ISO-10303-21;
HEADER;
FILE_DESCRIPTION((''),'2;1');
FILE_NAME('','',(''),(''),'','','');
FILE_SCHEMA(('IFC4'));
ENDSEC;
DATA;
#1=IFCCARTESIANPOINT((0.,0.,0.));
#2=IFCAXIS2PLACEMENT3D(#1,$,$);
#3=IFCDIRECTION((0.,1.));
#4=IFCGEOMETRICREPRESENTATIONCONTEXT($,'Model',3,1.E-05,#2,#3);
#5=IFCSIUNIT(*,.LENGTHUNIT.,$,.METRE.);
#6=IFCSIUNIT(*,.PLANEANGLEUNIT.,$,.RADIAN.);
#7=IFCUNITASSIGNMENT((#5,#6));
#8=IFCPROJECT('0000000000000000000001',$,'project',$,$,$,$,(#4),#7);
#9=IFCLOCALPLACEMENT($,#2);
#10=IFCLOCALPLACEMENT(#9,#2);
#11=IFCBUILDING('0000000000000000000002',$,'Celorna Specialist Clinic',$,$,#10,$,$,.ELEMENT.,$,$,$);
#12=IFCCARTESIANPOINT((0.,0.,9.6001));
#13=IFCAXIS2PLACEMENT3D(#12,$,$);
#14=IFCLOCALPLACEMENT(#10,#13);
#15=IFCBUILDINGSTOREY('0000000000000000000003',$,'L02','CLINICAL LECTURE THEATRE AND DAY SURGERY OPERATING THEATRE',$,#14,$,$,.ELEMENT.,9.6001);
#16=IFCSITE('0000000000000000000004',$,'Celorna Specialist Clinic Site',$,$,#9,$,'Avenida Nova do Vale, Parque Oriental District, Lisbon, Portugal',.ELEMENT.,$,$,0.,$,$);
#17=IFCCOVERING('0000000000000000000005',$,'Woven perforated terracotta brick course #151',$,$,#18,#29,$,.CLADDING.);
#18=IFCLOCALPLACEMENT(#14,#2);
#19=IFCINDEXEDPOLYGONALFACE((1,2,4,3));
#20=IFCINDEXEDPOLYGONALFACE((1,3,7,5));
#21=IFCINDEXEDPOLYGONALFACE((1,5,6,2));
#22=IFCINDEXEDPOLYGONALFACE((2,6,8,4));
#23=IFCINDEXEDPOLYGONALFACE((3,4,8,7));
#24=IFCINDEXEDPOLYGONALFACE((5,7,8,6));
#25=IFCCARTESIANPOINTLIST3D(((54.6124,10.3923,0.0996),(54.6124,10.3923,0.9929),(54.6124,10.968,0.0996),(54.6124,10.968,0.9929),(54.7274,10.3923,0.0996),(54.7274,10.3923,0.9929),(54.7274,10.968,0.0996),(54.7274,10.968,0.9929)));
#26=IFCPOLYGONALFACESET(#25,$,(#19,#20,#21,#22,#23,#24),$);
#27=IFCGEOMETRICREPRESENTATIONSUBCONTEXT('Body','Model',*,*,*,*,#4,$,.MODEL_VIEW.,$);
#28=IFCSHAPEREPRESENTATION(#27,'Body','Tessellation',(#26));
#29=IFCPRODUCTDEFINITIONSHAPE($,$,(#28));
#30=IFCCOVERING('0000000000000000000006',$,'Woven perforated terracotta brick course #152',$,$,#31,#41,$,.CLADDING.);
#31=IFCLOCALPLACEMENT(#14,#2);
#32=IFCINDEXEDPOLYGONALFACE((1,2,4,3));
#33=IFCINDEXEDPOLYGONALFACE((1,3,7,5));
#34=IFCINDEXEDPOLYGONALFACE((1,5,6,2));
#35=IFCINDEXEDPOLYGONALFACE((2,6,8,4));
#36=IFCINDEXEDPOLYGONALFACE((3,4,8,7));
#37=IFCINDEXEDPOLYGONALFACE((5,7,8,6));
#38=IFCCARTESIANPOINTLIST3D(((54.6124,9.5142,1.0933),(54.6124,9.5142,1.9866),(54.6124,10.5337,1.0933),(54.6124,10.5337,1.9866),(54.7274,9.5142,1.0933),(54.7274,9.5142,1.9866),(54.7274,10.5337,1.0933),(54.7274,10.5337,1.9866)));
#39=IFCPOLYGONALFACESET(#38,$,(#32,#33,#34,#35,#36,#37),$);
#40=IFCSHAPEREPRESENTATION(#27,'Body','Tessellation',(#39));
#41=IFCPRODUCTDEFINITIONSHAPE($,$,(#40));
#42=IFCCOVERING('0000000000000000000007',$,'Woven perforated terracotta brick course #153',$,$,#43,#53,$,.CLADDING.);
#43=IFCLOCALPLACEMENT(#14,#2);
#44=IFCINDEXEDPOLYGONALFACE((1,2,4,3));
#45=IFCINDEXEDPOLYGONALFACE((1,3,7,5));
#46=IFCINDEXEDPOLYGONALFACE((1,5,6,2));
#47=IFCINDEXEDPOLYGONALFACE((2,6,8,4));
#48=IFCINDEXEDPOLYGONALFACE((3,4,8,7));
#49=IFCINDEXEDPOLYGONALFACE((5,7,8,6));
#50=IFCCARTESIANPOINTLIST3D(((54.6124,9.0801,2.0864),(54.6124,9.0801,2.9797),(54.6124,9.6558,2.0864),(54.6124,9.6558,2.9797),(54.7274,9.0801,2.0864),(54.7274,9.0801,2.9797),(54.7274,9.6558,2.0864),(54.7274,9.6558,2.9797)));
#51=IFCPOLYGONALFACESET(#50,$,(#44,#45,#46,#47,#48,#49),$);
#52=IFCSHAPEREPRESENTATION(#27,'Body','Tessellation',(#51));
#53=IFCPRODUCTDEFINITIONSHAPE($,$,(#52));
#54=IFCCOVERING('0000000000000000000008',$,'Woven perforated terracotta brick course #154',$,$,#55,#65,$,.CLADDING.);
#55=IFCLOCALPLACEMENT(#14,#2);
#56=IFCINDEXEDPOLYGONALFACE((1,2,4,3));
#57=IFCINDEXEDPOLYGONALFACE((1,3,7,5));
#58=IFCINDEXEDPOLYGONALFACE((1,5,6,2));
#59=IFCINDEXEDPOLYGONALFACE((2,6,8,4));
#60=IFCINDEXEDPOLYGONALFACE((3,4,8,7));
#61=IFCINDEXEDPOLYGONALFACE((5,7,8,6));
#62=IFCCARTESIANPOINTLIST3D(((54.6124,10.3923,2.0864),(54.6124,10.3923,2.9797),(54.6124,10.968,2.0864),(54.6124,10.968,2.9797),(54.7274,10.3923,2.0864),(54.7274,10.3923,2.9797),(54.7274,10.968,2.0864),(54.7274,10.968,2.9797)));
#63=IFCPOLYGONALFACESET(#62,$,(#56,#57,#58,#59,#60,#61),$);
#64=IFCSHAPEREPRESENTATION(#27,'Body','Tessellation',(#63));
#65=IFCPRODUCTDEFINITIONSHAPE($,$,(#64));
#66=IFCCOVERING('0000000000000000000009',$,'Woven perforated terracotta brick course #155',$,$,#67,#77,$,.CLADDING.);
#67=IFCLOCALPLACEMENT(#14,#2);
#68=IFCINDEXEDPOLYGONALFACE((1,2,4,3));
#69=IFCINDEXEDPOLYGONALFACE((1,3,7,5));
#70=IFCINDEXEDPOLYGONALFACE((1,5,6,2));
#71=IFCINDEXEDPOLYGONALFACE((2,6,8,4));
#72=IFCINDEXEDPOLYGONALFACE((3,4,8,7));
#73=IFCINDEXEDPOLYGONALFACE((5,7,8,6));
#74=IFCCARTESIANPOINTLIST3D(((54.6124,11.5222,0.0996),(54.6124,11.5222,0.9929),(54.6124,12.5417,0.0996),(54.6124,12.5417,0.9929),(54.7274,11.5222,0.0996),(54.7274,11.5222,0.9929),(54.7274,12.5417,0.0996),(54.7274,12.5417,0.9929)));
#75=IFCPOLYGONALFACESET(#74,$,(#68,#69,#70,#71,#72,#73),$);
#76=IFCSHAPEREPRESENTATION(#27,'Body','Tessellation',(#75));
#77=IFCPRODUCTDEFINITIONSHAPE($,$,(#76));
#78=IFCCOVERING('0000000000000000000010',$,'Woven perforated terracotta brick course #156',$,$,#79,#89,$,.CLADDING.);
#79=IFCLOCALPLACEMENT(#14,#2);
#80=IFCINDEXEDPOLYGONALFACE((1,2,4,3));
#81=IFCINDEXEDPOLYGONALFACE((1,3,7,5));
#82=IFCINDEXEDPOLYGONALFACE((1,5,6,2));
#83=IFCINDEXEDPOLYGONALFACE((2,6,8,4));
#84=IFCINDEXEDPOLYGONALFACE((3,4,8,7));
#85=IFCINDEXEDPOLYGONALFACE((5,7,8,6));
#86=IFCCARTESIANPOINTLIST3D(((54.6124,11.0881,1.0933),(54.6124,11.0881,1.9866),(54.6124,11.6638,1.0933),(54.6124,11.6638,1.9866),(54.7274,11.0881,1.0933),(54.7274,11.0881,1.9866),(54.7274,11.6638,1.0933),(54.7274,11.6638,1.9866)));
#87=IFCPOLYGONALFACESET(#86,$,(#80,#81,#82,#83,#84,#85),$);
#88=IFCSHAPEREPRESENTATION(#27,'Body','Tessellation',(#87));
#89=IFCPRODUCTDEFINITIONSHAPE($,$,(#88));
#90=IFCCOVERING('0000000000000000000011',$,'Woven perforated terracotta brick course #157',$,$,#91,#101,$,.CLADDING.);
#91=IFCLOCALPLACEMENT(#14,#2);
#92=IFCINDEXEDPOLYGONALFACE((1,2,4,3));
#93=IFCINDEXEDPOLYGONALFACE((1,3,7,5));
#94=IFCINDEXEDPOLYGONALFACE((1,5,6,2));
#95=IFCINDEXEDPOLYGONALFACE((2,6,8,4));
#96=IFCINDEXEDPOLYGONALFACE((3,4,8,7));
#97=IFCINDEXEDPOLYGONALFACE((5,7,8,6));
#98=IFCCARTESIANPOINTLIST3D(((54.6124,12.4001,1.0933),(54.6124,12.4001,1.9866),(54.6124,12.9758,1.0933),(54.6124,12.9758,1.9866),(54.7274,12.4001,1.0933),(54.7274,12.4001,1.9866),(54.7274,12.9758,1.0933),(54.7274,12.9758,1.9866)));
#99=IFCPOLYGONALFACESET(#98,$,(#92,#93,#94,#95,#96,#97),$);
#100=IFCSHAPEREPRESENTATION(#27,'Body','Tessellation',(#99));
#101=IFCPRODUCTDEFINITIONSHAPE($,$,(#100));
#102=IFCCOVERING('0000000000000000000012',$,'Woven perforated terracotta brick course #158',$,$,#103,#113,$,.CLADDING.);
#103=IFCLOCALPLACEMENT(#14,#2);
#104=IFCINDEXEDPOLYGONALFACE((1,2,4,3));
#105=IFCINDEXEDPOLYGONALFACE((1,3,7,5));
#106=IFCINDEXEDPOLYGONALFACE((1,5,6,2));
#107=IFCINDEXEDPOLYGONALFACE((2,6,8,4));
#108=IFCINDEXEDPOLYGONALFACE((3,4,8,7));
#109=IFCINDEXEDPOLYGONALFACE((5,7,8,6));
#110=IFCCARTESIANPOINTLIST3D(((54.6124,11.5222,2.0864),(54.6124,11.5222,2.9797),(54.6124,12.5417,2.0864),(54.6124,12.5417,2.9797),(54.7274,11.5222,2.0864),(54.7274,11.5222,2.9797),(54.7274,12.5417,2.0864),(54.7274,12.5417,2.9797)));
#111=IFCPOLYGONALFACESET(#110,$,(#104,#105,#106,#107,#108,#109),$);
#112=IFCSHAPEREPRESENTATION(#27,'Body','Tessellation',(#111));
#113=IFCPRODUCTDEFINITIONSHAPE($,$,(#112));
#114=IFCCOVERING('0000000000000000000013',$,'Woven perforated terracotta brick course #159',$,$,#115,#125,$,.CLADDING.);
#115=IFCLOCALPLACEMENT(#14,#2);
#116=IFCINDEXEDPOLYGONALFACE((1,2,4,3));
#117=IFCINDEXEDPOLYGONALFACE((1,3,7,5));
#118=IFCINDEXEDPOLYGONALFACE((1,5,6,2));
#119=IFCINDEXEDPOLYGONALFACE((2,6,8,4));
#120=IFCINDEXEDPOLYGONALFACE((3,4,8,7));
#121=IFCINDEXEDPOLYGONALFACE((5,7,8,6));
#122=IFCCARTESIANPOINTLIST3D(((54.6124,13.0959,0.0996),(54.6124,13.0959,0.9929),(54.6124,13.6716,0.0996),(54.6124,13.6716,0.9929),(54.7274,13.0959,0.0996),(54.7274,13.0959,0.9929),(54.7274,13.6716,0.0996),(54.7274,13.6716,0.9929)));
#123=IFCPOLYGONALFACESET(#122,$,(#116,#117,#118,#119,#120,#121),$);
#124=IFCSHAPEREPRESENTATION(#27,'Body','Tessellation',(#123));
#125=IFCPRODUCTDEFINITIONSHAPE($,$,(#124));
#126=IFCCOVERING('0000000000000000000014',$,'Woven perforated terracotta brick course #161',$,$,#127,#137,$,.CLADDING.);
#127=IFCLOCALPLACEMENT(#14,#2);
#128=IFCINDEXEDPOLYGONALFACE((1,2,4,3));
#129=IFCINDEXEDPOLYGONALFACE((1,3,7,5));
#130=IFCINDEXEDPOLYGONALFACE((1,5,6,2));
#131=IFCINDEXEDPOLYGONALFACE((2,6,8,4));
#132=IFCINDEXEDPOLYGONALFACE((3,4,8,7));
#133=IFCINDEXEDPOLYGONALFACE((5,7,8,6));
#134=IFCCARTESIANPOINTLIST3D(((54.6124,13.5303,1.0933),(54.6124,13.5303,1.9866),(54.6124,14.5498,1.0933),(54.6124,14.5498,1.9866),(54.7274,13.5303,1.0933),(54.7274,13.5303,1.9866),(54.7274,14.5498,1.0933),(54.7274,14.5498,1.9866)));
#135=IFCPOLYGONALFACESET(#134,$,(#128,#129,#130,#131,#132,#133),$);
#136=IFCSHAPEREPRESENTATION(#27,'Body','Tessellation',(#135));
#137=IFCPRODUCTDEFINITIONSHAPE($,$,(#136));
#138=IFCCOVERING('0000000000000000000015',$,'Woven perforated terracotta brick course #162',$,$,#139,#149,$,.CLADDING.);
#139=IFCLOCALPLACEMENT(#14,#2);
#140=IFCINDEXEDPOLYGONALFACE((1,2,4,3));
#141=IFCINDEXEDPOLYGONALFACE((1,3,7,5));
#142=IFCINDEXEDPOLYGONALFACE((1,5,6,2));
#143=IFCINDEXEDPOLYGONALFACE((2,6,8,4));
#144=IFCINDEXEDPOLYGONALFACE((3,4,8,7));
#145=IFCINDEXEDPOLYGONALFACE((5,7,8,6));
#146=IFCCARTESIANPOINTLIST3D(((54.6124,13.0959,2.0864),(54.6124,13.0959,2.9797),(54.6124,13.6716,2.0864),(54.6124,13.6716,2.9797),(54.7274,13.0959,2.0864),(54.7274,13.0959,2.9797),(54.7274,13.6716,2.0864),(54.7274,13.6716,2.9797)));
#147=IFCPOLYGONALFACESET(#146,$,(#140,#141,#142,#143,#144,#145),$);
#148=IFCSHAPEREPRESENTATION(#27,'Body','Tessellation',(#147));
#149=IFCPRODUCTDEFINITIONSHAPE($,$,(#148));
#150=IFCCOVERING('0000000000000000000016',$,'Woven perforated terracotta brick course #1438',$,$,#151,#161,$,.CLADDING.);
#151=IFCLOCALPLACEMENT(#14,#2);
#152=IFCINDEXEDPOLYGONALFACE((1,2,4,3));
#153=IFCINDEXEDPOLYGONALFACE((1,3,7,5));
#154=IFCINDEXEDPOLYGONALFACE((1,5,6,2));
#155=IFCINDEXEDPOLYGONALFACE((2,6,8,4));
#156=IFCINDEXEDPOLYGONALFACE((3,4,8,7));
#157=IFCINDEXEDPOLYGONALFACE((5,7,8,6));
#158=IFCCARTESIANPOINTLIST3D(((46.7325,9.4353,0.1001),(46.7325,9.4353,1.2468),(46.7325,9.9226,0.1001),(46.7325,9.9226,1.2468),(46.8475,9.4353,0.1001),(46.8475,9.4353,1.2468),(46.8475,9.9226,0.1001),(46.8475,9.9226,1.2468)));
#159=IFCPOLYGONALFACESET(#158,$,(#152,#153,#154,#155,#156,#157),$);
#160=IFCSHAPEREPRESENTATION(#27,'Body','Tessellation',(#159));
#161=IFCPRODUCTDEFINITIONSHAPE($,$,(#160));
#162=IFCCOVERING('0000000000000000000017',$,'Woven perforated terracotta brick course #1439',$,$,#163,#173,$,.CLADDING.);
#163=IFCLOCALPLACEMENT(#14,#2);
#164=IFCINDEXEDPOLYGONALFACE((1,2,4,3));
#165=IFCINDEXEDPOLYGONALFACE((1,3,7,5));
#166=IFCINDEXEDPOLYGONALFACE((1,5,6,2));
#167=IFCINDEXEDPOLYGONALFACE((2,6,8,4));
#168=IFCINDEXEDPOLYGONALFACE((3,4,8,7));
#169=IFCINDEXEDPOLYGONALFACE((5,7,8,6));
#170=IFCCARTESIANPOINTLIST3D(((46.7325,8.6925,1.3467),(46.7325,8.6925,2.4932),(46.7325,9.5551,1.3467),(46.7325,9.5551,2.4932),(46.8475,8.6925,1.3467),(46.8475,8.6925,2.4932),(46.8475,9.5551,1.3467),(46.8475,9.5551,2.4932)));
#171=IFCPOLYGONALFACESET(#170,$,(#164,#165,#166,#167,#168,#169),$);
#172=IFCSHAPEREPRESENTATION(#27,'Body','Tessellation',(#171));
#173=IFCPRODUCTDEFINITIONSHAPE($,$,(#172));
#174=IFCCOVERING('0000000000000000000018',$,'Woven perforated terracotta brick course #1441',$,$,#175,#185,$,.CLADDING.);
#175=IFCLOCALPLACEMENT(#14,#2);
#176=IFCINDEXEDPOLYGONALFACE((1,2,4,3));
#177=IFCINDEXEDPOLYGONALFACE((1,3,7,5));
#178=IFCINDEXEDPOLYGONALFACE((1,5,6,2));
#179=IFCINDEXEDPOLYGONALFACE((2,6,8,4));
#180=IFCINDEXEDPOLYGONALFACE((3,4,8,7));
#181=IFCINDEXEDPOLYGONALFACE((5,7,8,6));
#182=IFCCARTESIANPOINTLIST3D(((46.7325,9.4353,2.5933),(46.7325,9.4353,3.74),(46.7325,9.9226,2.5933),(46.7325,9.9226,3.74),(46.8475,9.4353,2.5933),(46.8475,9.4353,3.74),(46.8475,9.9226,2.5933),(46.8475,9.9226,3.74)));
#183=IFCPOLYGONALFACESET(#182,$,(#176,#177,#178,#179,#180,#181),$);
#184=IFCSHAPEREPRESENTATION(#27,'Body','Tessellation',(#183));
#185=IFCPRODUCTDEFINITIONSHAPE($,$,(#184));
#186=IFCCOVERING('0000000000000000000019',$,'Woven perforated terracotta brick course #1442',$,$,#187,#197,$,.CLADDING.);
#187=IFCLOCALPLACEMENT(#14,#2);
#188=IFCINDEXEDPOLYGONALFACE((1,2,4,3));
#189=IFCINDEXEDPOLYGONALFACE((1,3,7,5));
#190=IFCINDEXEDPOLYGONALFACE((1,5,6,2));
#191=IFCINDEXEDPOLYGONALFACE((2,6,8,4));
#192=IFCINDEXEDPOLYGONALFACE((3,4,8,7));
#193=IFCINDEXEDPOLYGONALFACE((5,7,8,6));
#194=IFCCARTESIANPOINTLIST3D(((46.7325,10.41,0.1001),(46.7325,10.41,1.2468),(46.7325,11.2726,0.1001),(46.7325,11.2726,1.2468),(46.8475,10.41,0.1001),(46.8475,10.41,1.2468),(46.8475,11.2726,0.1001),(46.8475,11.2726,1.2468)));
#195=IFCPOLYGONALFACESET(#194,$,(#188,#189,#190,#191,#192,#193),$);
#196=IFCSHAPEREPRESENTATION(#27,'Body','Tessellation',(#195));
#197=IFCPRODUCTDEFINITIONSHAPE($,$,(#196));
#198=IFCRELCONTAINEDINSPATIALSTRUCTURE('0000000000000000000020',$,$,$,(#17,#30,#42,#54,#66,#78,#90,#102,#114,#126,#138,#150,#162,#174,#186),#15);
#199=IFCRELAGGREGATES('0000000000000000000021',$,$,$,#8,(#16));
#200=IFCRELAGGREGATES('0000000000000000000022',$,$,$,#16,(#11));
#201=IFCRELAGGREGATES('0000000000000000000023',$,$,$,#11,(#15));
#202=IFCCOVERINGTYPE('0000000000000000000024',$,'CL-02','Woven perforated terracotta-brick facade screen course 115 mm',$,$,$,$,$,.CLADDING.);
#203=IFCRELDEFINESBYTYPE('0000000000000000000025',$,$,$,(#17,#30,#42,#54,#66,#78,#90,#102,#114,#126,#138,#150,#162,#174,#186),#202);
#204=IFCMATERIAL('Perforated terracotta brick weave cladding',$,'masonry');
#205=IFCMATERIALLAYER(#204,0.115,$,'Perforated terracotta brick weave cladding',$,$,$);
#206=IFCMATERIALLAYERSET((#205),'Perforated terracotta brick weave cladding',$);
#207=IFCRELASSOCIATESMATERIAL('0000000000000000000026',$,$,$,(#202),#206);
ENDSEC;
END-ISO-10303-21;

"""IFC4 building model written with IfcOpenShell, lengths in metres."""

from ifc_helpers import new_model, si_unit, direction, frame, origin, origin_2d, place, context, subcontext, project, spatial, rectangle, extrude, material, layer, layer_set, type_object, element, save


model = new_model("IFC4")

# Units and contexts
model_context = context("Model", 3, precision=1e-05, world=origin(), true_north=direction((0.0, 1.0)))
body_context = subcontext(model_context, "Body", "Model", "MODEL_VIEW")
ifc_project = project(units=[si_unit("LENGTHUNIT", "METRE"), si_unit("PLANEANGLEUNIT", "RADIAN")], contexts=[model_context])

# Site, building, storey
site_placement = place(None, origin())
site = spatial("IfcSite", under=ifc_project, at=site_placement, Name="Celorna Specialist Clinic Site", LongName="Avenida Nova do Vale, Parque Oriental District, Lisbon, Portugal", CompositionType="ELEMENT", RefElevation=0.0)
building_placement = place(site_placement, origin())
building = spatial("IfcBuilding", under=site, at=building_placement, Name="Celorna Specialist Clinic", CompositionType="ELEMENT")
storey_placement = place(building_placement, frame((0.0, 0.0, 9.6001)))
storey = spatial("IfcBuildingStorey", under=building, at=storey_placement, Name="L02", Description="CLINICAL LECTURE THEATRE AND DAY SURGERY OPERATING THEATRE", CompositionType="ELEMENT", Elevation=9.6001)

# Coverings
ifc_material_1 = material(Name="Perforated terracotta brick weave cladding", Category="masonry")
ifc_layer_1 = layer(ifc_material_1, 0.115, Name="Perforated terracotta brick weave cladding")
ifc_layer_set_1 = layer_set([ifc_layer_1], Name="Perforated terracotta brick weave cladding")
covering_type = type_object("IfcCoveringType", Name="CL-02", Description="Woven perforated terracotta-brick facade screen course 115 mm", PredefinedType="CLADDING", material=ifc_layer_set_1)
for number, where, z_axis, x_axis, name in (
    (1, (54.6699, 10.6802, 0.0996), (0.0, 0.0, 1.0), (0.0, 1.0, 0.0), "Woven perforated terracotta brick course #151"),
):
    element("IfcCovering", number, at=place(storey_placement, frame(where, z_axis=z_axis, x_axis=x_axis)), inside=storey, type_object=covering_type, Name=name, PredefinedType="CLADDING", context=body_context, shape_type="SweptSolid", body=[
        extrude(rectangle(XDim=0.5757, YDim=0.115, at=origin_2d()), origin(), (0.0, 0.0, 1.0), 0.8933),
    ])
covering_1_placement = place(storey_placement, frame((54.6699, 10.0239, 1.0933), z_axis=(0.0, 0.0, 1.0), x_axis=(0.0, 1.0, 0.0)))
element("IfcCovering", 2, at=covering_1_placement, inside=storey, type_object=covering_type, Name="Woven perforated terracotta brick course #152", PredefinedType="CLADDING", context=body_context, shape_type="SweptSolid", body=[
    extrude(rectangle(XDim=1.0195, YDim=0.115, at=origin_2d()), origin(), (0.0, 0.0, 1.0), 0.8933),
])
for number, where, z_axis, x_axis, name in (
    (3, (54.6699, 9.3679, 2.0864), (0.0, 0.0, 1.0), (0.0, 1.0, 0.0), "Woven perforated terracotta brick course #153"),
    (4, (54.6699, 10.6802, 2.0864), (0.0, 0.0, 1.0), (0.0, 1.0, 0.0), "Woven perforated terracotta brick course #154"),
):
    element("IfcCovering", number, at=place(storey_placement, frame(where, z_axis=z_axis, x_axis=x_axis)), inside=storey, type_object=covering_type, Name=name, PredefinedType="CLADDING", context=body_context, shape_type="SweptSolid", body=[
        extrude(rectangle(XDim=0.5757, YDim=0.115, at=origin_2d()), origin(), (0.0, 0.0, 1.0), 0.8933),
    ])
covering_2_placement = place(storey_placement, frame((54.6699, 12.032, 0.0996), z_axis=(0.0, 0.0, 1.0), x_axis=(0.0, 1.0, 0.0)))
element("IfcCovering", 5, at=covering_2_placement, inside=storey, type_object=covering_type, Name="Woven perforated terracotta brick course #155", PredefinedType="CLADDING", context=body_context, shape_type="SweptSolid", body=[
    extrude(rectangle(XDim=1.0195, YDim=0.115, at=origin_2d()), origin(), (0.0, 0.0, 1.0), 0.8933),
])
for number, where, z_axis, x_axis, name in (
    (6, (54.6699, 11.376, 1.0933), (0.0, 0.0, 1.0), (0.0, 1.0, 0.0), "Woven perforated terracotta brick course #156"),
    (7, (54.6699, 12.688, 1.0933), (0.0, 0.0, 1.0), (0.0, 1.0, 0.0), "Woven perforated terracotta brick course #157"),
):
    element("IfcCovering", number, at=place(storey_placement, frame(where, z_axis=z_axis, x_axis=x_axis)), inside=storey, type_object=covering_type, Name=name, PredefinedType="CLADDING", context=body_context, shape_type="SweptSolid", body=[
        extrude(rectangle(XDim=0.5757, YDim=0.115, at=origin_2d()), origin(), (0.0, 0.0, 1.0), 0.8933),
    ])
covering_3_placement = place(storey_placement, frame((54.6699, 12.032, 2.0864), z_axis=(0.0, 0.0, 1.0), x_axis=(0.0, 1.0, 0.0)))
element("IfcCovering", 8, at=covering_3_placement, inside=storey, type_object=covering_type, Name="Woven perforated terracotta brick course #158", PredefinedType="CLADDING", context=body_context, shape_type="SweptSolid", body=[
    extrude(rectangle(XDim=1.0195, YDim=0.115, at=origin_2d()), origin(), (0.0, 0.0, 1.0), 0.8933),
])
covering_4_placement = place(storey_placement, frame((54.6699, 13.3838, 0.0996), z_axis=(0.0, 0.0, 1.0), x_axis=(0.0, 1.0, 0.0)))
element("IfcCovering", 9, at=covering_4_placement, inside=storey, type_object=covering_type, Name="Woven perforated terracotta brick course #159", PredefinedType="CLADDING", context=body_context, shape_type="SweptSolid", body=[
    extrude(rectangle(XDim=0.5757, YDim=0.115, at=origin_2d()), origin(), (0.0, 0.0, 1.0), 0.8933),
])
covering_5_placement = place(storey_placement, frame((54.6699, 14.04, 1.0933), z_axis=(0.0, 0.0, 1.0), x_axis=(0.0, 1.0, 0.0)))
element("IfcCovering", 10, at=covering_5_placement, inside=storey, type_object=covering_type, Name="Woven perforated terracotta brick course #161", PredefinedType="CLADDING", context=body_context, shape_type="SweptSolid", body=[
    extrude(rectangle(XDim=1.0195, YDim=0.115, at=origin_2d()), origin(), (0.0, 0.0, 1.0), 0.8933),
])
covering_6_placement = place(storey_placement, frame((54.6699, 13.3838, 2.0864), z_axis=(0.0, 0.0, 1.0), x_axis=(0.0, 1.0, 0.0)))
element("IfcCovering", 11, at=covering_6_placement, inside=storey, type_object=covering_type, Name="Woven perforated terracotta brick course #162", PredefinedType="CLADDING", context=body_context, shape_type="SweptSolid", body=[
    extrude(rectangle(XDim=0.5757, YDim=0.115, at=origin_2d()), origin(), (0.0, 0.0, 1.0), 0.8933),
])
covering_7_placement = place(storey_placement, frame((46.79, 9.679, 0.1001), z_axis=(0.0, 0.0, 1.0), x_axis=(0.0, 1.0, 0.0)))
element("IfcCovering", 12, at=covering_7_placement, inside=storey, type_object=covering_type, Name="Woven perforated terracotta brick course #1438", PredefinedType="CLADDING", context=body_context, shape_type="SweptSolid", body=[
    extrude(rectangle(XDim=0.4873, YDim=0.115, at=origin_2d()), origin(), (0.0, 0.0, 1.0), 1.1467),
])
covering_8_placement = place(storey_placement, frame((46.79, 9.1238, 1.3467), z_axis=(0.0, 0.0, 1.0), x_axis=(0.0, 1.0, 0.0)))
element("IfcCovering", 13, at=covering_8_placement, inside=storey, type_object=covering_type, Name="Woven perforated terracotta brick course #1439", PredefinedType="CLADDING", context=body_context, shape_type="SweptSolid", body=[
    extrude(rectangle(XDim=0.8625, YDim=0.115, at=origin_2d()), origin(), (0.0, 0.0, 1.0), 1.1465),
])
covering_9_placement = place(storey_placement, frame((46.79, 9.679, 2.5933), z_axis=(0.0, 0.0, 1.0), x_axis=(0.0, 1.0, 0.0)))
element("IfcCovering", 14, at=covering_9_placement, inside=storey, type_object=covering_type, Name="Woven perforated terracotta brick course #1441", PredefinedType="CLADDING", context=body_context, shape_type="SweptSolid", body=[
    extrude(rectangle(XDim=0.4873, YDim=0.115, at=origin_2d()), origin(), (0.0, 0.0, 1.0), 1.1467),
])
covering_10_placement = place(storey_placement, frame((46.79, 10.8413, 0.1001), z_axis=(0.0, 0.0, 1.0), x_axis=(0.0, 1.0, 0.0)))
element("IfcCovering", 15, at=covering_10_placement, inside=storey, type_object=covering_type, Name="Woven perforated terracotta brick course #1442", PredefinedType="CLADDING", context=body_context, shape_type="SweptSolid", body=[
    extrude(rectangle(XDim=0.8625, YDim=0.115, at=origin_2d()), origin(), (0.0, 0.0, 1.0), 1.1467),
])

save(model, "model.ifc")
